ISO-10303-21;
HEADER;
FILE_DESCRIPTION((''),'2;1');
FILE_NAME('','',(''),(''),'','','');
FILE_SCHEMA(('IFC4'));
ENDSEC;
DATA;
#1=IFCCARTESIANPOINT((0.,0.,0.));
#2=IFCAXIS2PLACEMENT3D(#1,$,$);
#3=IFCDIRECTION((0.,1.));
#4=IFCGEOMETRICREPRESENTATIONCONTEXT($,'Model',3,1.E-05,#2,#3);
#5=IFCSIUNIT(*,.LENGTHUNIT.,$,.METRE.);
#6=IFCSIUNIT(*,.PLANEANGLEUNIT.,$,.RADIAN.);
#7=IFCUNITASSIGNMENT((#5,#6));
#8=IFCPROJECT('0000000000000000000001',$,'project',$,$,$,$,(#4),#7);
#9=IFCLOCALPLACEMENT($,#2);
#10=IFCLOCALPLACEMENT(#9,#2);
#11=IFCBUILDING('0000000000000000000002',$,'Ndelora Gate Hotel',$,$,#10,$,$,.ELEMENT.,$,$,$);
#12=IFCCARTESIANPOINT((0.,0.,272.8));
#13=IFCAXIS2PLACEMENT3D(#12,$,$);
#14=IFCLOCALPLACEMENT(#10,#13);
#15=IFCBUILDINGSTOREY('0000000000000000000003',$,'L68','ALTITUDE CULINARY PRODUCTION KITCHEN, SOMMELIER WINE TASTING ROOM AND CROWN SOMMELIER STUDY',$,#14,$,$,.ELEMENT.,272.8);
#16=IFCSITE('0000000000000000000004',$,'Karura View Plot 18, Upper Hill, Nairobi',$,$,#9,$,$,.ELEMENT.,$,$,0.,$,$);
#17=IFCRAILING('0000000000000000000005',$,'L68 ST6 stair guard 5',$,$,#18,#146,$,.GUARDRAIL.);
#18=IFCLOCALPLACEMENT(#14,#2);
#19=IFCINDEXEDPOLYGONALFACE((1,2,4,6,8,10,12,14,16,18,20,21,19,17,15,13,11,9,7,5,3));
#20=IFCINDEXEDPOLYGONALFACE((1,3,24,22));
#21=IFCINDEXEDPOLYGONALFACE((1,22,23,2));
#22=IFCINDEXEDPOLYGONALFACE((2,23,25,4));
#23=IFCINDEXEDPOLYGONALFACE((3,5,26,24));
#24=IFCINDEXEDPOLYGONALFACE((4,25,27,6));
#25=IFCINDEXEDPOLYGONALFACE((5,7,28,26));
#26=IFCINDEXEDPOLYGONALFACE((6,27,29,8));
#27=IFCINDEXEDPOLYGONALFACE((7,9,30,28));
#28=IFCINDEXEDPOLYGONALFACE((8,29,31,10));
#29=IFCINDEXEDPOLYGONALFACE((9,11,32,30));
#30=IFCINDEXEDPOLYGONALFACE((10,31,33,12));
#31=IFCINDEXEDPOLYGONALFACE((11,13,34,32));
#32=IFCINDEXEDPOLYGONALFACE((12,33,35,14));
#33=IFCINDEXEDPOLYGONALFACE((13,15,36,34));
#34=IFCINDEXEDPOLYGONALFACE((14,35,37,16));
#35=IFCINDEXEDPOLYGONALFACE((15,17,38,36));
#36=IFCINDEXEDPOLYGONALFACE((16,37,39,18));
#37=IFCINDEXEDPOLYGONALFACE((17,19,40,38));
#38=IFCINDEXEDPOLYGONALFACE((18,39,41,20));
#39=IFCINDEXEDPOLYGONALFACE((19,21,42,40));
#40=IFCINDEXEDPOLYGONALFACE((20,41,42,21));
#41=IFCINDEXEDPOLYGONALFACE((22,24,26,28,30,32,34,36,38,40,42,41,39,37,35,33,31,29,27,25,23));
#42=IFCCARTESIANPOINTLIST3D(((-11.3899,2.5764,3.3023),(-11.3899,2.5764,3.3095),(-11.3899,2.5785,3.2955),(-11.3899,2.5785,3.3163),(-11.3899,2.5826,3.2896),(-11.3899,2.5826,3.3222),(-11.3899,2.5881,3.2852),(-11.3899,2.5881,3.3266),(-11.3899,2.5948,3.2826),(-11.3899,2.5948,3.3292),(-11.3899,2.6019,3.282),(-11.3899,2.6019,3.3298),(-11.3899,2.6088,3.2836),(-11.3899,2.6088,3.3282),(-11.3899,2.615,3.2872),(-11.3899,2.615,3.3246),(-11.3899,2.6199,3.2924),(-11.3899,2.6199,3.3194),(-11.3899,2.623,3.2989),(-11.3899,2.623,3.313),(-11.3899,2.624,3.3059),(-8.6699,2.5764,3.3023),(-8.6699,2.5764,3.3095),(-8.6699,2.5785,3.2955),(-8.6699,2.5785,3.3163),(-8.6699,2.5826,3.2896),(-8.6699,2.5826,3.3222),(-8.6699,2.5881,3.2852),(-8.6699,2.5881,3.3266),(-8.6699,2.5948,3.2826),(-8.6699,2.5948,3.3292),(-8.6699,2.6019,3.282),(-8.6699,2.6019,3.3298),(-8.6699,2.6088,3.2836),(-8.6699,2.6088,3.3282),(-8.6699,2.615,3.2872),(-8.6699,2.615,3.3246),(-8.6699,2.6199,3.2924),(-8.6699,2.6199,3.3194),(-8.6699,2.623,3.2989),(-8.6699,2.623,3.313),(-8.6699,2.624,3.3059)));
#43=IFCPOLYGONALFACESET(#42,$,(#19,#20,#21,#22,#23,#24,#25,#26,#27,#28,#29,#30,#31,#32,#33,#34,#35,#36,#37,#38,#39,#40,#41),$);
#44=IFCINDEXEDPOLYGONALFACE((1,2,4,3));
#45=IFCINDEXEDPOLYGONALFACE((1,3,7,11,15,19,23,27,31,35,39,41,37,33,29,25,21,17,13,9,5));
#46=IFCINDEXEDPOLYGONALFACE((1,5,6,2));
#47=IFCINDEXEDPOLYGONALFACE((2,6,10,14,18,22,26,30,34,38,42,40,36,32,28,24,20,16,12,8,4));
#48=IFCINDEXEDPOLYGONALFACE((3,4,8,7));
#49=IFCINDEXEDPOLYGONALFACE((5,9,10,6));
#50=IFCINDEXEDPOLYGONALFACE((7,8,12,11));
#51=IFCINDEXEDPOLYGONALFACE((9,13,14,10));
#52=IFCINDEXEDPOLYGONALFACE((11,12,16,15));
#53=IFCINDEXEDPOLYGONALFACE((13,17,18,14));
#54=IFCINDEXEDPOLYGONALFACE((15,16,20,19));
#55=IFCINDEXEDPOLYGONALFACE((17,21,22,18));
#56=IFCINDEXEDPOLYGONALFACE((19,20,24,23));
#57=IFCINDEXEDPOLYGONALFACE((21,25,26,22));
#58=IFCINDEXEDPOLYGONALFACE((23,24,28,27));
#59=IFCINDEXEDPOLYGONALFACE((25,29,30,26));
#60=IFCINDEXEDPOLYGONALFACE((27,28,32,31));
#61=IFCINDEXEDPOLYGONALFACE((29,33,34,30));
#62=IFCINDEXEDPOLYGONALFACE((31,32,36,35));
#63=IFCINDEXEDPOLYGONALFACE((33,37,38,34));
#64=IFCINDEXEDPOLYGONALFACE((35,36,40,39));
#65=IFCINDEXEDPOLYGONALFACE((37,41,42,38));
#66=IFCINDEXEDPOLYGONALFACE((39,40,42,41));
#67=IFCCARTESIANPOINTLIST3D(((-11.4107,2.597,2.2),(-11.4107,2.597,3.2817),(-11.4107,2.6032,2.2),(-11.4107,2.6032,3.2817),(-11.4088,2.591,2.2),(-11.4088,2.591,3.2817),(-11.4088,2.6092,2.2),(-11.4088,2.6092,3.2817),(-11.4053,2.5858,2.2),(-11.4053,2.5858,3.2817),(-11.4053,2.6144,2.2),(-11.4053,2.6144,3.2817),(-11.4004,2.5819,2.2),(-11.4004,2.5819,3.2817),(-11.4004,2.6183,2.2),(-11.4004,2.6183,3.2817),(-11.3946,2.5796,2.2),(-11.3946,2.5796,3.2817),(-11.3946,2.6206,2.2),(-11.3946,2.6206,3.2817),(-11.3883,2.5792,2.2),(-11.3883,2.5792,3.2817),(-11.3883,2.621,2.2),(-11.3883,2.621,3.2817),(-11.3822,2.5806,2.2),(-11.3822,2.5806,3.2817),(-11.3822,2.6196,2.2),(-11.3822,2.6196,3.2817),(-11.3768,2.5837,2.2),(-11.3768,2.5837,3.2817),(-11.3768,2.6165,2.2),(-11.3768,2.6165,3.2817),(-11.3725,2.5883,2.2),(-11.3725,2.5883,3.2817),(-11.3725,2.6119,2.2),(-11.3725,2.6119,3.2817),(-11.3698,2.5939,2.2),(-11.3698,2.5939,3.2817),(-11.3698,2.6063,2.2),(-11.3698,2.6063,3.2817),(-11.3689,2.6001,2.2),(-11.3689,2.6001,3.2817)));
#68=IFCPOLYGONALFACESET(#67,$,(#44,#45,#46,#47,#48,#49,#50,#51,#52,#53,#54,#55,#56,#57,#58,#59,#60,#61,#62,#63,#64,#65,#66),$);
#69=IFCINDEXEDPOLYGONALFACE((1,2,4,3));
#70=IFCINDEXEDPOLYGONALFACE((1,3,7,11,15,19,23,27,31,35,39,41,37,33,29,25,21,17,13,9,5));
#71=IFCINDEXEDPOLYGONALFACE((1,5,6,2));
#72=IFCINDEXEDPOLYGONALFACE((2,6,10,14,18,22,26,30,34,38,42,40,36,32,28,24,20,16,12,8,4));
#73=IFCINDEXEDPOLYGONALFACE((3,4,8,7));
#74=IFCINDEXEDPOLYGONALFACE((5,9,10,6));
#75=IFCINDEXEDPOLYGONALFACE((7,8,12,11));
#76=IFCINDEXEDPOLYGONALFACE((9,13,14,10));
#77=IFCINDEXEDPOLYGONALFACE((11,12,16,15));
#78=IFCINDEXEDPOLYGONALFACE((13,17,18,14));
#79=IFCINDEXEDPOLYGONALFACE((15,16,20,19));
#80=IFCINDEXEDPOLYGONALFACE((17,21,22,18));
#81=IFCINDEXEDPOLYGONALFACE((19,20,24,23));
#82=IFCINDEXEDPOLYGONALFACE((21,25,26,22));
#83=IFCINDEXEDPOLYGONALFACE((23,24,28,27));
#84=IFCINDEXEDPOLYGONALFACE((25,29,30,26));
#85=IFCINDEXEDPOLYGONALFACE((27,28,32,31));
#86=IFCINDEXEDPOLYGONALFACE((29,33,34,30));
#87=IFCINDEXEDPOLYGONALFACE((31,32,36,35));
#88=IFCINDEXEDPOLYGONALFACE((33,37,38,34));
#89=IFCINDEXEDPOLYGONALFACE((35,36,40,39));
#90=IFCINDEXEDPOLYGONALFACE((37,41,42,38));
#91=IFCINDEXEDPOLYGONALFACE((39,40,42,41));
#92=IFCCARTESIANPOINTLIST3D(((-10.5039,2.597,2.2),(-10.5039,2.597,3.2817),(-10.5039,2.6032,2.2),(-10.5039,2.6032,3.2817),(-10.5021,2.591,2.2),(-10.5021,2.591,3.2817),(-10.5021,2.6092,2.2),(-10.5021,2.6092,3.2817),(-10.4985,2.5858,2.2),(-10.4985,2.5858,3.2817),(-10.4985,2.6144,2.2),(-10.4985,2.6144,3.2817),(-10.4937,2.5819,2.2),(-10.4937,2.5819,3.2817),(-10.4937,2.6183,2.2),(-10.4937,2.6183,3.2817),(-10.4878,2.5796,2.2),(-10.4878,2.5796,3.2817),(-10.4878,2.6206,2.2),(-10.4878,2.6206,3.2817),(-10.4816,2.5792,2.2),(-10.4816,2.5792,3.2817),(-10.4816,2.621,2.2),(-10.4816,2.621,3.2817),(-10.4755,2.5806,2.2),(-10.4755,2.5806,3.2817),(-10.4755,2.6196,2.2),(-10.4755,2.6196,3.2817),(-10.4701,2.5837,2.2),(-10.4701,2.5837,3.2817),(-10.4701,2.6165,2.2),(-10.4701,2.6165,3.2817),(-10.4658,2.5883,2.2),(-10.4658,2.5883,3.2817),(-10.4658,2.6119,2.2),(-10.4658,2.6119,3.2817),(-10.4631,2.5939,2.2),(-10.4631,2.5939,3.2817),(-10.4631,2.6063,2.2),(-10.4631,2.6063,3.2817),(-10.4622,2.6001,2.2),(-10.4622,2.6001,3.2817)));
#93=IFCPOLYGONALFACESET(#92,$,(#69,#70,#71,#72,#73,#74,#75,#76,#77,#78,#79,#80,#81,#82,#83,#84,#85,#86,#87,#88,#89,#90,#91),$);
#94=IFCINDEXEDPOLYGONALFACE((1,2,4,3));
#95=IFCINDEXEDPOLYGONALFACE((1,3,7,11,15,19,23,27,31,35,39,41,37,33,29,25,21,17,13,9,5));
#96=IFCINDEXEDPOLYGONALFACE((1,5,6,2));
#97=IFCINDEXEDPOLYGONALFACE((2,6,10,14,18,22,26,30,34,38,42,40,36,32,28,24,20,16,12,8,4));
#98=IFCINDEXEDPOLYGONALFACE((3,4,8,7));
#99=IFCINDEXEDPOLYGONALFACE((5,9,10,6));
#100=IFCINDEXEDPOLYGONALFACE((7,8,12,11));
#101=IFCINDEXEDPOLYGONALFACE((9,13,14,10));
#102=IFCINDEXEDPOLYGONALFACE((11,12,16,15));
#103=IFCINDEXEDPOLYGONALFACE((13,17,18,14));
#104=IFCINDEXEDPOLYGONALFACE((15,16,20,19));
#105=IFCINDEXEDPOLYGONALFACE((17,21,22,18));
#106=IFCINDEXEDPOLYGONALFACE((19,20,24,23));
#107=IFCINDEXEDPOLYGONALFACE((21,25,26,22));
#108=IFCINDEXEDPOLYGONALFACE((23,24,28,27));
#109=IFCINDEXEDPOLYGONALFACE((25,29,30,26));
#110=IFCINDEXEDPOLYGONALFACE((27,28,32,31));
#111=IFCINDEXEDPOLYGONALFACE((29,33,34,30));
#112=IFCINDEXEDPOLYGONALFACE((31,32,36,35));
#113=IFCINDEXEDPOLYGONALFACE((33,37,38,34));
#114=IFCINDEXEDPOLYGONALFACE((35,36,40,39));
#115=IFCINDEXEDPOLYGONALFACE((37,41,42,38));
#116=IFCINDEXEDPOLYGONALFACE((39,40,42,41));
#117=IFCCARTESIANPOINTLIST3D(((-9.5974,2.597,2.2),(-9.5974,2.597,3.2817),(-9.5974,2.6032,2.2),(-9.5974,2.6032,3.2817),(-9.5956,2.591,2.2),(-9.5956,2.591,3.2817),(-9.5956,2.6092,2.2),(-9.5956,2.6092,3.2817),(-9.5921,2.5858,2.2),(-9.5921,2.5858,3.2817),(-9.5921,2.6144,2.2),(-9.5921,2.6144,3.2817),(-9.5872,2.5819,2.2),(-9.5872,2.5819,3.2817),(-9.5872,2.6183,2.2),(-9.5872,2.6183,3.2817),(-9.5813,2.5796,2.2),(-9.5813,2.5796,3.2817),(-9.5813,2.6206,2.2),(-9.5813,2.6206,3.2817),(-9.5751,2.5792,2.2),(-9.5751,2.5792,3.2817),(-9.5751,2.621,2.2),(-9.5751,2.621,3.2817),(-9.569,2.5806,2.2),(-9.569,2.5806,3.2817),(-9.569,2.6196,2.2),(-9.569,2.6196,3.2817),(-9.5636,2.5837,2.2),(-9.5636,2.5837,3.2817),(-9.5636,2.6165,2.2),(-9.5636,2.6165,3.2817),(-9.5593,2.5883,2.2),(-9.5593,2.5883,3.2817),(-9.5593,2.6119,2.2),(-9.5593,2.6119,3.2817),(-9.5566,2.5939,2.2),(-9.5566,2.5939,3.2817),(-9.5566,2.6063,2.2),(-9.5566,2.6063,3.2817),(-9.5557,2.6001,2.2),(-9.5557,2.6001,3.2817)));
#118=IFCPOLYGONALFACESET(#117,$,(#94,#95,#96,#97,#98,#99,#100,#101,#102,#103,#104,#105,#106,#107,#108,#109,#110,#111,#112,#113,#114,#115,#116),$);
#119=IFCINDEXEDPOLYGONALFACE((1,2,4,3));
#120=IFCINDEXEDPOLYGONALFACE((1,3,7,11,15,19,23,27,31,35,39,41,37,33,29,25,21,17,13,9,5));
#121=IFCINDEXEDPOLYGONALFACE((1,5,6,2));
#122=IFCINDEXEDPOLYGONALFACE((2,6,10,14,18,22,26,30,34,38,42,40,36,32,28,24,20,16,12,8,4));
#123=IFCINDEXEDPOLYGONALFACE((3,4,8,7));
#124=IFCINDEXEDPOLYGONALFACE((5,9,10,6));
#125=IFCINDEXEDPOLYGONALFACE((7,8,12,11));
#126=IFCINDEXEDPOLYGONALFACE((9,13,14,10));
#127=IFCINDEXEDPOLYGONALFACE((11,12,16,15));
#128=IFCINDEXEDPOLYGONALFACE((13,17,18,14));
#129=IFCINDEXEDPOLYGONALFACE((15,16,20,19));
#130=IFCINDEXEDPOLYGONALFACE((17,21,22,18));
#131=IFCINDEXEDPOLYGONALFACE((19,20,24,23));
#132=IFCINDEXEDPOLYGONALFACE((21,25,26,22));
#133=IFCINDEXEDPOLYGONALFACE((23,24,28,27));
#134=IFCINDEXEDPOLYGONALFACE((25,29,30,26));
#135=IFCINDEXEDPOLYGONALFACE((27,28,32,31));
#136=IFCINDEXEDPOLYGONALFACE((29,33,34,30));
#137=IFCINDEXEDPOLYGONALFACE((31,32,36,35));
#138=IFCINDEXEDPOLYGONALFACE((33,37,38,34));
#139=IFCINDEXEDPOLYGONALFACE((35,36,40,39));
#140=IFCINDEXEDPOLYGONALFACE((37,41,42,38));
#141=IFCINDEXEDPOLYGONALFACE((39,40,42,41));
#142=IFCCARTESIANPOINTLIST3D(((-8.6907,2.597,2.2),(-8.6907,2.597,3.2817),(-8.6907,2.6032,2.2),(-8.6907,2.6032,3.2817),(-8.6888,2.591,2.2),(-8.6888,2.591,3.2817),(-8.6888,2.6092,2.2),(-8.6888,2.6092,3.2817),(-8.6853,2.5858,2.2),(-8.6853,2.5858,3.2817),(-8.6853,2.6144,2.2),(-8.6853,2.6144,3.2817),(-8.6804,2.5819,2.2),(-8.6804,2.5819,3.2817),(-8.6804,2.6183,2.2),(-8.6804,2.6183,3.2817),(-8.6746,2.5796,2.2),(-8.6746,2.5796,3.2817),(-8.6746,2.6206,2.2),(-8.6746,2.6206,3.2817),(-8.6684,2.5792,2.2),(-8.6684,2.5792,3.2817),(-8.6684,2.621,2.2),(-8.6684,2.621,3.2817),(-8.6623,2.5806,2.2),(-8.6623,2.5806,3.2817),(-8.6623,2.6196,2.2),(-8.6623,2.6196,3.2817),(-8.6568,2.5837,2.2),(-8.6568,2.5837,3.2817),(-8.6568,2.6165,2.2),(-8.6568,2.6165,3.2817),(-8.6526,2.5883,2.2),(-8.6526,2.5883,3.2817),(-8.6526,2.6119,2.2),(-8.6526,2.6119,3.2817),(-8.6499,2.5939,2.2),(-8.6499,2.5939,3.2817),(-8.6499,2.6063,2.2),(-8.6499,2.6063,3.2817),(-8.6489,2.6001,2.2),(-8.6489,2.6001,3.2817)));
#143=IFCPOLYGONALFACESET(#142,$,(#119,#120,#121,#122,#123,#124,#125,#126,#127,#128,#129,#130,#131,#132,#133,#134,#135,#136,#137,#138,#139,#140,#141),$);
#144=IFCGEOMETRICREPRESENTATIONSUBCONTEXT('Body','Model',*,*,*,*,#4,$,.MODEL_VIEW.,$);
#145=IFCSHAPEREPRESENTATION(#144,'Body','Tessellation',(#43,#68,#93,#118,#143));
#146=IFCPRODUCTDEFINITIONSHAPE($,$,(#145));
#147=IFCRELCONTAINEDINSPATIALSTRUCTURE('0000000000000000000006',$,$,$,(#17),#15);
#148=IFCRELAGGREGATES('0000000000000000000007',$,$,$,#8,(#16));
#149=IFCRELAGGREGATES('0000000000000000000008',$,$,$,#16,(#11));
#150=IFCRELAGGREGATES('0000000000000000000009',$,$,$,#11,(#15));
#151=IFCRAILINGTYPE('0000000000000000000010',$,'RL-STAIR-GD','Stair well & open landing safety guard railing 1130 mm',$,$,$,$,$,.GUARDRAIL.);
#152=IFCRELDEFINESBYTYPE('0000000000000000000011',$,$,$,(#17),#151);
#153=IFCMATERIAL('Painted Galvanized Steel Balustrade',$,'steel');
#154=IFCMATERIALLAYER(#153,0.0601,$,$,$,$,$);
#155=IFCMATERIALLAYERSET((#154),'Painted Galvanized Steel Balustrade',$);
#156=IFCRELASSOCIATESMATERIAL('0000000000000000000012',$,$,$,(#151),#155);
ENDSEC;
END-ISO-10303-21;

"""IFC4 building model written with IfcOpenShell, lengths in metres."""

from ifc_helpers import new_model, si_unit, direction, frame, origin, origin_2d, place, context, subcontext, project, spatial, circle, extrude, material, layer, layer_set, type_object, element, save


model = new_model("IFC4")

# Units and contexts
model_context = context("Model", 3, precision=1e-05, world=origin(), true_north=direction((0.0, 1.0)))
body_context = subcontext(model_context, "Body", "Model", "MODEL_VIEW")
ifc_project = project(units=[si_unit("LENGTHUNIT", "METRE"), si_unit("PLANEANGLEUNIT", "RADIAN")], contexts=[model_context])

# Site, building, storey
site_placement = place(None, origin())
site = spatial("IfcSite", under=ifc_project, at=site_placement, Name="Karura View Plot 18, Upper Hill, Nairobi", CompositionType="ELEMENT", RefElevation=0.0)
building_placement = place(site_placement, origin())
building = spatial("IfcBuilding", under=site, at=building_placement, Name="Ndelora Gate Hotel", CompositionType="ELEMENT")
storey_placement = place(building_placement, frame((0.0, 0.0, 272.8)))
storey = spatial("IfcBuildingStorey", under=building, at=storey_placement, Name="L68", Description="ALTITUDE CULINARY PRODUCTION KITCHEN, SOMMELIER WINE TASTING ROOM AND CROWN SOMMELIER STUDY", CompositionType="ELEMENT", Elevation=272.8)

# Railing
ifc_material_1 = material(Name="Painted Galvanized Steel Balustrade", Category="steel")
ifc_layer_1 = layer(ifc_material_1, 0.0601)
ifc_layer_set_1 = layer_set([ifc_layer_1], Name="Painted Galvanized Steel Balustrade")
railing_type_1 = type_object("IfcRailingType", Name="RL-STAIR-GD", Description="Stair well & open landing safety guard railing 1130 mm", PredefinedType="GUARDRAIL", material=ifc_layer_set_1)
railing_1_placement = place(storey_placement, frame((-11.3899, 2.6001, 2.2)))
element("IfcRailing", 1, at=railing_1_placement, inside=storey, type_object=railing_type_1, Name="L68 ST6 stair guard 5", PredefinedType="GUARDRAIL", context=body_context, shape_type="SweptSolid", body=[
    extrude(circle(Radius=0.0239, at=origin_2d()), frame((0.0, 0.0, 1.106), z_axis=(1.0, 0.0, 0.0), x_axis=(0.0, 1.0, 0.0)), (0.0, 0.0, 1.0), 2.72),
    extrude(circle(Radius=0.021, at=origin_2d()), origin(), (0.0, 0.0, 1.0), 1.0818),
    extrude(circle(Radius=0.021, at=origin_2d()), frame((0.9067, 0.0, 0.0)), (0.0, 0.0, 1.0), 1.0818),
    extrude(circle(Radius=0.021, at=origin_2d()), frame((1.8132, 0.0, 0.0)), (0.0, 0.0, 1.0), 1.0818),
    extrude(circle(Radius=0.021, at=origin_2d()), frame((2.72, 0.0, 0.0)), (0.0, 0.0, 1.0), 1.0818),
])

save(model, "model.ifc")
